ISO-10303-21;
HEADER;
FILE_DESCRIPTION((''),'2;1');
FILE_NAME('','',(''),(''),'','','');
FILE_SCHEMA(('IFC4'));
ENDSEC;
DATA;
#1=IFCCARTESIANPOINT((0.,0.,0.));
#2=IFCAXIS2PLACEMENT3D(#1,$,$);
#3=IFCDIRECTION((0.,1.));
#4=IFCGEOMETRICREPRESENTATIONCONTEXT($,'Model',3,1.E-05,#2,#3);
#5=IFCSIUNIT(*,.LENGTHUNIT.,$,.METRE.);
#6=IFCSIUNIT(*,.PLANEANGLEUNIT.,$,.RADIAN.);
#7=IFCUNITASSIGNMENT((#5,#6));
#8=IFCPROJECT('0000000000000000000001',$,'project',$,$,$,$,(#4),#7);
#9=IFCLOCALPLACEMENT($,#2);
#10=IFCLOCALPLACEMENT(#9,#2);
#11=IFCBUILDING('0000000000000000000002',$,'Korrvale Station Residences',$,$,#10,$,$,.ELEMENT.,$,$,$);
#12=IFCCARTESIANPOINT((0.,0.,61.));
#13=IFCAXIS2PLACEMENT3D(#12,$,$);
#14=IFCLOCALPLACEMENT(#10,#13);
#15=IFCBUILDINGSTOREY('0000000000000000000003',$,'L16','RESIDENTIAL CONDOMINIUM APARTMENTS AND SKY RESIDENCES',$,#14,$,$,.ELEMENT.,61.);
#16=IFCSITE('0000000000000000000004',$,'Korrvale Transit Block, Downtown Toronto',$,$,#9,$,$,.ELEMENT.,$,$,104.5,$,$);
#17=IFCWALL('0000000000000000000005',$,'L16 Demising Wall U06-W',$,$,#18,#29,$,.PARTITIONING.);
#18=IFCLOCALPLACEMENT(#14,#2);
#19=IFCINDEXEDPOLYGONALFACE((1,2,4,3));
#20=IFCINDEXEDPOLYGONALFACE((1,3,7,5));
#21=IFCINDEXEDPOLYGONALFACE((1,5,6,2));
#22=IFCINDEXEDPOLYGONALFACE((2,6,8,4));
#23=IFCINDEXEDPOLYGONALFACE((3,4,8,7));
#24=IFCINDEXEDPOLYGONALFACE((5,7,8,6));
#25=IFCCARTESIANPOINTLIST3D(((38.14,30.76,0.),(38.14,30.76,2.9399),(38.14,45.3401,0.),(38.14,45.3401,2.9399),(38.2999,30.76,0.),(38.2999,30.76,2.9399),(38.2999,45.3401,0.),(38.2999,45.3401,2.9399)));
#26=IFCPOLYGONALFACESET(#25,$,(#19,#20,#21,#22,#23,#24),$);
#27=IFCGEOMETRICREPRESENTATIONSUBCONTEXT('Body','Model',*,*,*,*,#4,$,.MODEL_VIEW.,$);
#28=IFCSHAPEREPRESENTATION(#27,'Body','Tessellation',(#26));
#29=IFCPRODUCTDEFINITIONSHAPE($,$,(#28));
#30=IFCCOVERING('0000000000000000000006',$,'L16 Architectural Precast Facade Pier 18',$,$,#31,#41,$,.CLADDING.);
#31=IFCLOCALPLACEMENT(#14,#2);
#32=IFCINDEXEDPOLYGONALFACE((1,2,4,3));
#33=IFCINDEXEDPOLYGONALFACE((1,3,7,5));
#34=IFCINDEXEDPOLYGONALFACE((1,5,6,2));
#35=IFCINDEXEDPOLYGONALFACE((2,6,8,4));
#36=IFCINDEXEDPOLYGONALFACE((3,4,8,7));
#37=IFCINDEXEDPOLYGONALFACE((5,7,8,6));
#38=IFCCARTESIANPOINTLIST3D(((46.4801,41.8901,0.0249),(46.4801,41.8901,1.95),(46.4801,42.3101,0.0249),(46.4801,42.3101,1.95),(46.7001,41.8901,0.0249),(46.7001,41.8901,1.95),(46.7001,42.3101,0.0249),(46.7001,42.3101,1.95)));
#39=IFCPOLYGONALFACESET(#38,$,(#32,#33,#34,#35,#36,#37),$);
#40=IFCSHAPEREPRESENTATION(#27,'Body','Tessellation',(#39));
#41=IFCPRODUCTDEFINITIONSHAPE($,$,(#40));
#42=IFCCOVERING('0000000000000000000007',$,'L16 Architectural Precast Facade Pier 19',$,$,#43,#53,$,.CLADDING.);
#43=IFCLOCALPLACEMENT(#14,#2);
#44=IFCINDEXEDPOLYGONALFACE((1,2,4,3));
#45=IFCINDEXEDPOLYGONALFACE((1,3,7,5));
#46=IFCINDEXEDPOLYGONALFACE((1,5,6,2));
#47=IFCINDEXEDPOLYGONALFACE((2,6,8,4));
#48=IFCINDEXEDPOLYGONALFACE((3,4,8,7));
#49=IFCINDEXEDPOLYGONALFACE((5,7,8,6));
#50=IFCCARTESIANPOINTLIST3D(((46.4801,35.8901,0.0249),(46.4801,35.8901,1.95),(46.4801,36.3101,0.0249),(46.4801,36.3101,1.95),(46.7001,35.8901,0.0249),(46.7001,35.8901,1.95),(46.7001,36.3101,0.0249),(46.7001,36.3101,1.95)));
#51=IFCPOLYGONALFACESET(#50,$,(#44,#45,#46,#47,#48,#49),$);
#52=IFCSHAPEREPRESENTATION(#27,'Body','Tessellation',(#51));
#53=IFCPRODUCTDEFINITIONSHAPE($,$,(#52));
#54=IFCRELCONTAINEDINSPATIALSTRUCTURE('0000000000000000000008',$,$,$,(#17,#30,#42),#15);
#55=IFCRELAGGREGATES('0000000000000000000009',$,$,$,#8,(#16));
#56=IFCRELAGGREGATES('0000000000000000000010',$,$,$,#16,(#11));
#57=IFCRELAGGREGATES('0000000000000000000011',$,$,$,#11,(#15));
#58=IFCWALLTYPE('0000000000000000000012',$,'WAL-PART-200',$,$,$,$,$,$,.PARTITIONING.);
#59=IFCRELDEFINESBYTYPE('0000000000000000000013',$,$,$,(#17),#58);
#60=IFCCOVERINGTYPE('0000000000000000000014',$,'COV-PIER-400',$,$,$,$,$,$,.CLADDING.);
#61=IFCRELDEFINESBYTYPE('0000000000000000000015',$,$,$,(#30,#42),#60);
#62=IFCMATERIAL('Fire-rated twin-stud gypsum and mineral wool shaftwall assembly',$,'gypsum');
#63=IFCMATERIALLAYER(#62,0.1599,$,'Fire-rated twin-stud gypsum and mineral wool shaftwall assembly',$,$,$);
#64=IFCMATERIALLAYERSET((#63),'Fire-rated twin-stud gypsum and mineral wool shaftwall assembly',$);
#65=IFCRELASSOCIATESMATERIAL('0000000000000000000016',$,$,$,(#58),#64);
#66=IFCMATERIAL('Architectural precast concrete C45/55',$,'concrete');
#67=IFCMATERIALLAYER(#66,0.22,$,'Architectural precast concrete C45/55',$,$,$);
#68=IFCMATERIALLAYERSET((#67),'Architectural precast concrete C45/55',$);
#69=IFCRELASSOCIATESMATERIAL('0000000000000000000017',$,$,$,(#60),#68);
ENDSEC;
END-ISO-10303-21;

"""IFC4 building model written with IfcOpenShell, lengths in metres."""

from ifc_helpers import new_model, si_unit, direction, frame, frame_2d, origin, origin_2d, place, context, subcontext, project, spatial, rectangle, extrude, material, layer, layer_set, type_object, element, save


model = new_model("IFC4")

# Units and contexts
model_context = context("Model", 3, precision=1e-05, world=origin(), true_north=direction((0.0, 1.0)))
body_context = subcontext(model_context, "Body", "Model", "MODEL_VIEW")
ifc_project = project(units=[si_unit("LENGTHUNIT", "METRE"), si_unit("PLANEANGLEUNIT", "RADIAN")], contexts=[model_context])

# Site, building, storey
site_placement = place(None, origin())
site = spatial("IfcSite", under=ifc_project, at=site_placement, Name="Korrvale Transit Block, Downtown Toronto", CompositionType="ELEMENT", RefElevation=104.5)
building_placement = place(site_placement, origin())
building = spatial("IfcBuilding", under=site, at=building_placement, Name="Korrvale Station Residences", CompositionType="ELEMENT")
storey_placement = place(building_placement, frame((0.0, 0.0, 61.0)))
storey = spatial("IfcBuildingStorey", under=building, at=storey_placement, Name="L16", Description="RESIDENTIAL CONDOMINIUM APARTMENTS AND SKY RESIDENCES", CompositionType="ELEMENT", Elevation=61.0)

# Wall
ifc_material_1 = material(Name="Fire-rated twin-stud gypsum and mineral wool shaftwall assembly", Category="gypsum")
ifc_layer_1 = layer(ifc_material_1, 0.1599, Name="Fire-rated twin-stud gypsum and mineral wool shaftwall assembly")
ifc_layer_set_1 = layer_set([ifc_layer_1], Name="Fire-rated twin-stud gypsum and mineral wool shaftwall assembly")
wall_type_1 = type_object("IfcWallType", Name="WAL-PART-200", PredefinedType="PARTITIONING", material=ifc_layer_set_1)
wall_1_placement = place(storey_placement, frame((38.22, 30.76, 0.0), z_axis=(0.0, 0.0, 1.0), x_axis=(0.0, 1.0, 0.0)))
element("IfcWall", 1, at=wall_1_placement, inside=storey, type_object=wall_type_1, Name="L16 Demising Wall U06-W", PredefinedType="PARTITIONING", context=body_context, shape_type="SweptSolid", body=[
    extrude(rectangle(XDim=14.5801, YDim=0.1599, at=frame_2d((7.29, 0.0))), origin(), (0.0, 0.0, 1.0), 2.9399),
])

# Coverings
ifc_material_2 = material(Name="Architectural precast concrete C45/55", Category="concrete")
ifc_layer_2 = layer(ifc_material_2, 0.22, Name="Architectural precast concrete C45/55")
ifc_layer_set_2 = layer_set([ifc_layer_2], Name="Architectural precast concrete C45/55")
covering_type = type_object("IfcCoveringType", Name="COV-PIER-400", PredefinedType="CLADDING", material=ifc_layer_set_2)
for number, where, z_axis, x_axis, name in (
    (2, (46.5901, 42.1001, 0.0249), (0.0, 0.0, 1.0), (0.0, 1.0, 0.0), "L16 Architectural Precast Facade Pier 18"),
    (3, (46.5901, 36.1001, 0.0249), (0.0, 0.0, 1.0), (0.0, 1.0, 0.0), "L16 Architectural Precast Facade Pier 19"),
):
    element("IfcCovering", number, at=place(storey_placement, frame(where, z_axis=z_axis, x_axis=x_axis)), inside=storey, type_object=covering_type, Name=name, PredefinedType="CLADDING", context=body_context, shape_type="SweptSolid", body=[
        extrude(rectangle(XDim=0.4199, YDim=0.22, at=origin_2d()), origin(), (0.0, 0.0, 1.0), 1.925),
    ])

save(model, "model.ifc")
